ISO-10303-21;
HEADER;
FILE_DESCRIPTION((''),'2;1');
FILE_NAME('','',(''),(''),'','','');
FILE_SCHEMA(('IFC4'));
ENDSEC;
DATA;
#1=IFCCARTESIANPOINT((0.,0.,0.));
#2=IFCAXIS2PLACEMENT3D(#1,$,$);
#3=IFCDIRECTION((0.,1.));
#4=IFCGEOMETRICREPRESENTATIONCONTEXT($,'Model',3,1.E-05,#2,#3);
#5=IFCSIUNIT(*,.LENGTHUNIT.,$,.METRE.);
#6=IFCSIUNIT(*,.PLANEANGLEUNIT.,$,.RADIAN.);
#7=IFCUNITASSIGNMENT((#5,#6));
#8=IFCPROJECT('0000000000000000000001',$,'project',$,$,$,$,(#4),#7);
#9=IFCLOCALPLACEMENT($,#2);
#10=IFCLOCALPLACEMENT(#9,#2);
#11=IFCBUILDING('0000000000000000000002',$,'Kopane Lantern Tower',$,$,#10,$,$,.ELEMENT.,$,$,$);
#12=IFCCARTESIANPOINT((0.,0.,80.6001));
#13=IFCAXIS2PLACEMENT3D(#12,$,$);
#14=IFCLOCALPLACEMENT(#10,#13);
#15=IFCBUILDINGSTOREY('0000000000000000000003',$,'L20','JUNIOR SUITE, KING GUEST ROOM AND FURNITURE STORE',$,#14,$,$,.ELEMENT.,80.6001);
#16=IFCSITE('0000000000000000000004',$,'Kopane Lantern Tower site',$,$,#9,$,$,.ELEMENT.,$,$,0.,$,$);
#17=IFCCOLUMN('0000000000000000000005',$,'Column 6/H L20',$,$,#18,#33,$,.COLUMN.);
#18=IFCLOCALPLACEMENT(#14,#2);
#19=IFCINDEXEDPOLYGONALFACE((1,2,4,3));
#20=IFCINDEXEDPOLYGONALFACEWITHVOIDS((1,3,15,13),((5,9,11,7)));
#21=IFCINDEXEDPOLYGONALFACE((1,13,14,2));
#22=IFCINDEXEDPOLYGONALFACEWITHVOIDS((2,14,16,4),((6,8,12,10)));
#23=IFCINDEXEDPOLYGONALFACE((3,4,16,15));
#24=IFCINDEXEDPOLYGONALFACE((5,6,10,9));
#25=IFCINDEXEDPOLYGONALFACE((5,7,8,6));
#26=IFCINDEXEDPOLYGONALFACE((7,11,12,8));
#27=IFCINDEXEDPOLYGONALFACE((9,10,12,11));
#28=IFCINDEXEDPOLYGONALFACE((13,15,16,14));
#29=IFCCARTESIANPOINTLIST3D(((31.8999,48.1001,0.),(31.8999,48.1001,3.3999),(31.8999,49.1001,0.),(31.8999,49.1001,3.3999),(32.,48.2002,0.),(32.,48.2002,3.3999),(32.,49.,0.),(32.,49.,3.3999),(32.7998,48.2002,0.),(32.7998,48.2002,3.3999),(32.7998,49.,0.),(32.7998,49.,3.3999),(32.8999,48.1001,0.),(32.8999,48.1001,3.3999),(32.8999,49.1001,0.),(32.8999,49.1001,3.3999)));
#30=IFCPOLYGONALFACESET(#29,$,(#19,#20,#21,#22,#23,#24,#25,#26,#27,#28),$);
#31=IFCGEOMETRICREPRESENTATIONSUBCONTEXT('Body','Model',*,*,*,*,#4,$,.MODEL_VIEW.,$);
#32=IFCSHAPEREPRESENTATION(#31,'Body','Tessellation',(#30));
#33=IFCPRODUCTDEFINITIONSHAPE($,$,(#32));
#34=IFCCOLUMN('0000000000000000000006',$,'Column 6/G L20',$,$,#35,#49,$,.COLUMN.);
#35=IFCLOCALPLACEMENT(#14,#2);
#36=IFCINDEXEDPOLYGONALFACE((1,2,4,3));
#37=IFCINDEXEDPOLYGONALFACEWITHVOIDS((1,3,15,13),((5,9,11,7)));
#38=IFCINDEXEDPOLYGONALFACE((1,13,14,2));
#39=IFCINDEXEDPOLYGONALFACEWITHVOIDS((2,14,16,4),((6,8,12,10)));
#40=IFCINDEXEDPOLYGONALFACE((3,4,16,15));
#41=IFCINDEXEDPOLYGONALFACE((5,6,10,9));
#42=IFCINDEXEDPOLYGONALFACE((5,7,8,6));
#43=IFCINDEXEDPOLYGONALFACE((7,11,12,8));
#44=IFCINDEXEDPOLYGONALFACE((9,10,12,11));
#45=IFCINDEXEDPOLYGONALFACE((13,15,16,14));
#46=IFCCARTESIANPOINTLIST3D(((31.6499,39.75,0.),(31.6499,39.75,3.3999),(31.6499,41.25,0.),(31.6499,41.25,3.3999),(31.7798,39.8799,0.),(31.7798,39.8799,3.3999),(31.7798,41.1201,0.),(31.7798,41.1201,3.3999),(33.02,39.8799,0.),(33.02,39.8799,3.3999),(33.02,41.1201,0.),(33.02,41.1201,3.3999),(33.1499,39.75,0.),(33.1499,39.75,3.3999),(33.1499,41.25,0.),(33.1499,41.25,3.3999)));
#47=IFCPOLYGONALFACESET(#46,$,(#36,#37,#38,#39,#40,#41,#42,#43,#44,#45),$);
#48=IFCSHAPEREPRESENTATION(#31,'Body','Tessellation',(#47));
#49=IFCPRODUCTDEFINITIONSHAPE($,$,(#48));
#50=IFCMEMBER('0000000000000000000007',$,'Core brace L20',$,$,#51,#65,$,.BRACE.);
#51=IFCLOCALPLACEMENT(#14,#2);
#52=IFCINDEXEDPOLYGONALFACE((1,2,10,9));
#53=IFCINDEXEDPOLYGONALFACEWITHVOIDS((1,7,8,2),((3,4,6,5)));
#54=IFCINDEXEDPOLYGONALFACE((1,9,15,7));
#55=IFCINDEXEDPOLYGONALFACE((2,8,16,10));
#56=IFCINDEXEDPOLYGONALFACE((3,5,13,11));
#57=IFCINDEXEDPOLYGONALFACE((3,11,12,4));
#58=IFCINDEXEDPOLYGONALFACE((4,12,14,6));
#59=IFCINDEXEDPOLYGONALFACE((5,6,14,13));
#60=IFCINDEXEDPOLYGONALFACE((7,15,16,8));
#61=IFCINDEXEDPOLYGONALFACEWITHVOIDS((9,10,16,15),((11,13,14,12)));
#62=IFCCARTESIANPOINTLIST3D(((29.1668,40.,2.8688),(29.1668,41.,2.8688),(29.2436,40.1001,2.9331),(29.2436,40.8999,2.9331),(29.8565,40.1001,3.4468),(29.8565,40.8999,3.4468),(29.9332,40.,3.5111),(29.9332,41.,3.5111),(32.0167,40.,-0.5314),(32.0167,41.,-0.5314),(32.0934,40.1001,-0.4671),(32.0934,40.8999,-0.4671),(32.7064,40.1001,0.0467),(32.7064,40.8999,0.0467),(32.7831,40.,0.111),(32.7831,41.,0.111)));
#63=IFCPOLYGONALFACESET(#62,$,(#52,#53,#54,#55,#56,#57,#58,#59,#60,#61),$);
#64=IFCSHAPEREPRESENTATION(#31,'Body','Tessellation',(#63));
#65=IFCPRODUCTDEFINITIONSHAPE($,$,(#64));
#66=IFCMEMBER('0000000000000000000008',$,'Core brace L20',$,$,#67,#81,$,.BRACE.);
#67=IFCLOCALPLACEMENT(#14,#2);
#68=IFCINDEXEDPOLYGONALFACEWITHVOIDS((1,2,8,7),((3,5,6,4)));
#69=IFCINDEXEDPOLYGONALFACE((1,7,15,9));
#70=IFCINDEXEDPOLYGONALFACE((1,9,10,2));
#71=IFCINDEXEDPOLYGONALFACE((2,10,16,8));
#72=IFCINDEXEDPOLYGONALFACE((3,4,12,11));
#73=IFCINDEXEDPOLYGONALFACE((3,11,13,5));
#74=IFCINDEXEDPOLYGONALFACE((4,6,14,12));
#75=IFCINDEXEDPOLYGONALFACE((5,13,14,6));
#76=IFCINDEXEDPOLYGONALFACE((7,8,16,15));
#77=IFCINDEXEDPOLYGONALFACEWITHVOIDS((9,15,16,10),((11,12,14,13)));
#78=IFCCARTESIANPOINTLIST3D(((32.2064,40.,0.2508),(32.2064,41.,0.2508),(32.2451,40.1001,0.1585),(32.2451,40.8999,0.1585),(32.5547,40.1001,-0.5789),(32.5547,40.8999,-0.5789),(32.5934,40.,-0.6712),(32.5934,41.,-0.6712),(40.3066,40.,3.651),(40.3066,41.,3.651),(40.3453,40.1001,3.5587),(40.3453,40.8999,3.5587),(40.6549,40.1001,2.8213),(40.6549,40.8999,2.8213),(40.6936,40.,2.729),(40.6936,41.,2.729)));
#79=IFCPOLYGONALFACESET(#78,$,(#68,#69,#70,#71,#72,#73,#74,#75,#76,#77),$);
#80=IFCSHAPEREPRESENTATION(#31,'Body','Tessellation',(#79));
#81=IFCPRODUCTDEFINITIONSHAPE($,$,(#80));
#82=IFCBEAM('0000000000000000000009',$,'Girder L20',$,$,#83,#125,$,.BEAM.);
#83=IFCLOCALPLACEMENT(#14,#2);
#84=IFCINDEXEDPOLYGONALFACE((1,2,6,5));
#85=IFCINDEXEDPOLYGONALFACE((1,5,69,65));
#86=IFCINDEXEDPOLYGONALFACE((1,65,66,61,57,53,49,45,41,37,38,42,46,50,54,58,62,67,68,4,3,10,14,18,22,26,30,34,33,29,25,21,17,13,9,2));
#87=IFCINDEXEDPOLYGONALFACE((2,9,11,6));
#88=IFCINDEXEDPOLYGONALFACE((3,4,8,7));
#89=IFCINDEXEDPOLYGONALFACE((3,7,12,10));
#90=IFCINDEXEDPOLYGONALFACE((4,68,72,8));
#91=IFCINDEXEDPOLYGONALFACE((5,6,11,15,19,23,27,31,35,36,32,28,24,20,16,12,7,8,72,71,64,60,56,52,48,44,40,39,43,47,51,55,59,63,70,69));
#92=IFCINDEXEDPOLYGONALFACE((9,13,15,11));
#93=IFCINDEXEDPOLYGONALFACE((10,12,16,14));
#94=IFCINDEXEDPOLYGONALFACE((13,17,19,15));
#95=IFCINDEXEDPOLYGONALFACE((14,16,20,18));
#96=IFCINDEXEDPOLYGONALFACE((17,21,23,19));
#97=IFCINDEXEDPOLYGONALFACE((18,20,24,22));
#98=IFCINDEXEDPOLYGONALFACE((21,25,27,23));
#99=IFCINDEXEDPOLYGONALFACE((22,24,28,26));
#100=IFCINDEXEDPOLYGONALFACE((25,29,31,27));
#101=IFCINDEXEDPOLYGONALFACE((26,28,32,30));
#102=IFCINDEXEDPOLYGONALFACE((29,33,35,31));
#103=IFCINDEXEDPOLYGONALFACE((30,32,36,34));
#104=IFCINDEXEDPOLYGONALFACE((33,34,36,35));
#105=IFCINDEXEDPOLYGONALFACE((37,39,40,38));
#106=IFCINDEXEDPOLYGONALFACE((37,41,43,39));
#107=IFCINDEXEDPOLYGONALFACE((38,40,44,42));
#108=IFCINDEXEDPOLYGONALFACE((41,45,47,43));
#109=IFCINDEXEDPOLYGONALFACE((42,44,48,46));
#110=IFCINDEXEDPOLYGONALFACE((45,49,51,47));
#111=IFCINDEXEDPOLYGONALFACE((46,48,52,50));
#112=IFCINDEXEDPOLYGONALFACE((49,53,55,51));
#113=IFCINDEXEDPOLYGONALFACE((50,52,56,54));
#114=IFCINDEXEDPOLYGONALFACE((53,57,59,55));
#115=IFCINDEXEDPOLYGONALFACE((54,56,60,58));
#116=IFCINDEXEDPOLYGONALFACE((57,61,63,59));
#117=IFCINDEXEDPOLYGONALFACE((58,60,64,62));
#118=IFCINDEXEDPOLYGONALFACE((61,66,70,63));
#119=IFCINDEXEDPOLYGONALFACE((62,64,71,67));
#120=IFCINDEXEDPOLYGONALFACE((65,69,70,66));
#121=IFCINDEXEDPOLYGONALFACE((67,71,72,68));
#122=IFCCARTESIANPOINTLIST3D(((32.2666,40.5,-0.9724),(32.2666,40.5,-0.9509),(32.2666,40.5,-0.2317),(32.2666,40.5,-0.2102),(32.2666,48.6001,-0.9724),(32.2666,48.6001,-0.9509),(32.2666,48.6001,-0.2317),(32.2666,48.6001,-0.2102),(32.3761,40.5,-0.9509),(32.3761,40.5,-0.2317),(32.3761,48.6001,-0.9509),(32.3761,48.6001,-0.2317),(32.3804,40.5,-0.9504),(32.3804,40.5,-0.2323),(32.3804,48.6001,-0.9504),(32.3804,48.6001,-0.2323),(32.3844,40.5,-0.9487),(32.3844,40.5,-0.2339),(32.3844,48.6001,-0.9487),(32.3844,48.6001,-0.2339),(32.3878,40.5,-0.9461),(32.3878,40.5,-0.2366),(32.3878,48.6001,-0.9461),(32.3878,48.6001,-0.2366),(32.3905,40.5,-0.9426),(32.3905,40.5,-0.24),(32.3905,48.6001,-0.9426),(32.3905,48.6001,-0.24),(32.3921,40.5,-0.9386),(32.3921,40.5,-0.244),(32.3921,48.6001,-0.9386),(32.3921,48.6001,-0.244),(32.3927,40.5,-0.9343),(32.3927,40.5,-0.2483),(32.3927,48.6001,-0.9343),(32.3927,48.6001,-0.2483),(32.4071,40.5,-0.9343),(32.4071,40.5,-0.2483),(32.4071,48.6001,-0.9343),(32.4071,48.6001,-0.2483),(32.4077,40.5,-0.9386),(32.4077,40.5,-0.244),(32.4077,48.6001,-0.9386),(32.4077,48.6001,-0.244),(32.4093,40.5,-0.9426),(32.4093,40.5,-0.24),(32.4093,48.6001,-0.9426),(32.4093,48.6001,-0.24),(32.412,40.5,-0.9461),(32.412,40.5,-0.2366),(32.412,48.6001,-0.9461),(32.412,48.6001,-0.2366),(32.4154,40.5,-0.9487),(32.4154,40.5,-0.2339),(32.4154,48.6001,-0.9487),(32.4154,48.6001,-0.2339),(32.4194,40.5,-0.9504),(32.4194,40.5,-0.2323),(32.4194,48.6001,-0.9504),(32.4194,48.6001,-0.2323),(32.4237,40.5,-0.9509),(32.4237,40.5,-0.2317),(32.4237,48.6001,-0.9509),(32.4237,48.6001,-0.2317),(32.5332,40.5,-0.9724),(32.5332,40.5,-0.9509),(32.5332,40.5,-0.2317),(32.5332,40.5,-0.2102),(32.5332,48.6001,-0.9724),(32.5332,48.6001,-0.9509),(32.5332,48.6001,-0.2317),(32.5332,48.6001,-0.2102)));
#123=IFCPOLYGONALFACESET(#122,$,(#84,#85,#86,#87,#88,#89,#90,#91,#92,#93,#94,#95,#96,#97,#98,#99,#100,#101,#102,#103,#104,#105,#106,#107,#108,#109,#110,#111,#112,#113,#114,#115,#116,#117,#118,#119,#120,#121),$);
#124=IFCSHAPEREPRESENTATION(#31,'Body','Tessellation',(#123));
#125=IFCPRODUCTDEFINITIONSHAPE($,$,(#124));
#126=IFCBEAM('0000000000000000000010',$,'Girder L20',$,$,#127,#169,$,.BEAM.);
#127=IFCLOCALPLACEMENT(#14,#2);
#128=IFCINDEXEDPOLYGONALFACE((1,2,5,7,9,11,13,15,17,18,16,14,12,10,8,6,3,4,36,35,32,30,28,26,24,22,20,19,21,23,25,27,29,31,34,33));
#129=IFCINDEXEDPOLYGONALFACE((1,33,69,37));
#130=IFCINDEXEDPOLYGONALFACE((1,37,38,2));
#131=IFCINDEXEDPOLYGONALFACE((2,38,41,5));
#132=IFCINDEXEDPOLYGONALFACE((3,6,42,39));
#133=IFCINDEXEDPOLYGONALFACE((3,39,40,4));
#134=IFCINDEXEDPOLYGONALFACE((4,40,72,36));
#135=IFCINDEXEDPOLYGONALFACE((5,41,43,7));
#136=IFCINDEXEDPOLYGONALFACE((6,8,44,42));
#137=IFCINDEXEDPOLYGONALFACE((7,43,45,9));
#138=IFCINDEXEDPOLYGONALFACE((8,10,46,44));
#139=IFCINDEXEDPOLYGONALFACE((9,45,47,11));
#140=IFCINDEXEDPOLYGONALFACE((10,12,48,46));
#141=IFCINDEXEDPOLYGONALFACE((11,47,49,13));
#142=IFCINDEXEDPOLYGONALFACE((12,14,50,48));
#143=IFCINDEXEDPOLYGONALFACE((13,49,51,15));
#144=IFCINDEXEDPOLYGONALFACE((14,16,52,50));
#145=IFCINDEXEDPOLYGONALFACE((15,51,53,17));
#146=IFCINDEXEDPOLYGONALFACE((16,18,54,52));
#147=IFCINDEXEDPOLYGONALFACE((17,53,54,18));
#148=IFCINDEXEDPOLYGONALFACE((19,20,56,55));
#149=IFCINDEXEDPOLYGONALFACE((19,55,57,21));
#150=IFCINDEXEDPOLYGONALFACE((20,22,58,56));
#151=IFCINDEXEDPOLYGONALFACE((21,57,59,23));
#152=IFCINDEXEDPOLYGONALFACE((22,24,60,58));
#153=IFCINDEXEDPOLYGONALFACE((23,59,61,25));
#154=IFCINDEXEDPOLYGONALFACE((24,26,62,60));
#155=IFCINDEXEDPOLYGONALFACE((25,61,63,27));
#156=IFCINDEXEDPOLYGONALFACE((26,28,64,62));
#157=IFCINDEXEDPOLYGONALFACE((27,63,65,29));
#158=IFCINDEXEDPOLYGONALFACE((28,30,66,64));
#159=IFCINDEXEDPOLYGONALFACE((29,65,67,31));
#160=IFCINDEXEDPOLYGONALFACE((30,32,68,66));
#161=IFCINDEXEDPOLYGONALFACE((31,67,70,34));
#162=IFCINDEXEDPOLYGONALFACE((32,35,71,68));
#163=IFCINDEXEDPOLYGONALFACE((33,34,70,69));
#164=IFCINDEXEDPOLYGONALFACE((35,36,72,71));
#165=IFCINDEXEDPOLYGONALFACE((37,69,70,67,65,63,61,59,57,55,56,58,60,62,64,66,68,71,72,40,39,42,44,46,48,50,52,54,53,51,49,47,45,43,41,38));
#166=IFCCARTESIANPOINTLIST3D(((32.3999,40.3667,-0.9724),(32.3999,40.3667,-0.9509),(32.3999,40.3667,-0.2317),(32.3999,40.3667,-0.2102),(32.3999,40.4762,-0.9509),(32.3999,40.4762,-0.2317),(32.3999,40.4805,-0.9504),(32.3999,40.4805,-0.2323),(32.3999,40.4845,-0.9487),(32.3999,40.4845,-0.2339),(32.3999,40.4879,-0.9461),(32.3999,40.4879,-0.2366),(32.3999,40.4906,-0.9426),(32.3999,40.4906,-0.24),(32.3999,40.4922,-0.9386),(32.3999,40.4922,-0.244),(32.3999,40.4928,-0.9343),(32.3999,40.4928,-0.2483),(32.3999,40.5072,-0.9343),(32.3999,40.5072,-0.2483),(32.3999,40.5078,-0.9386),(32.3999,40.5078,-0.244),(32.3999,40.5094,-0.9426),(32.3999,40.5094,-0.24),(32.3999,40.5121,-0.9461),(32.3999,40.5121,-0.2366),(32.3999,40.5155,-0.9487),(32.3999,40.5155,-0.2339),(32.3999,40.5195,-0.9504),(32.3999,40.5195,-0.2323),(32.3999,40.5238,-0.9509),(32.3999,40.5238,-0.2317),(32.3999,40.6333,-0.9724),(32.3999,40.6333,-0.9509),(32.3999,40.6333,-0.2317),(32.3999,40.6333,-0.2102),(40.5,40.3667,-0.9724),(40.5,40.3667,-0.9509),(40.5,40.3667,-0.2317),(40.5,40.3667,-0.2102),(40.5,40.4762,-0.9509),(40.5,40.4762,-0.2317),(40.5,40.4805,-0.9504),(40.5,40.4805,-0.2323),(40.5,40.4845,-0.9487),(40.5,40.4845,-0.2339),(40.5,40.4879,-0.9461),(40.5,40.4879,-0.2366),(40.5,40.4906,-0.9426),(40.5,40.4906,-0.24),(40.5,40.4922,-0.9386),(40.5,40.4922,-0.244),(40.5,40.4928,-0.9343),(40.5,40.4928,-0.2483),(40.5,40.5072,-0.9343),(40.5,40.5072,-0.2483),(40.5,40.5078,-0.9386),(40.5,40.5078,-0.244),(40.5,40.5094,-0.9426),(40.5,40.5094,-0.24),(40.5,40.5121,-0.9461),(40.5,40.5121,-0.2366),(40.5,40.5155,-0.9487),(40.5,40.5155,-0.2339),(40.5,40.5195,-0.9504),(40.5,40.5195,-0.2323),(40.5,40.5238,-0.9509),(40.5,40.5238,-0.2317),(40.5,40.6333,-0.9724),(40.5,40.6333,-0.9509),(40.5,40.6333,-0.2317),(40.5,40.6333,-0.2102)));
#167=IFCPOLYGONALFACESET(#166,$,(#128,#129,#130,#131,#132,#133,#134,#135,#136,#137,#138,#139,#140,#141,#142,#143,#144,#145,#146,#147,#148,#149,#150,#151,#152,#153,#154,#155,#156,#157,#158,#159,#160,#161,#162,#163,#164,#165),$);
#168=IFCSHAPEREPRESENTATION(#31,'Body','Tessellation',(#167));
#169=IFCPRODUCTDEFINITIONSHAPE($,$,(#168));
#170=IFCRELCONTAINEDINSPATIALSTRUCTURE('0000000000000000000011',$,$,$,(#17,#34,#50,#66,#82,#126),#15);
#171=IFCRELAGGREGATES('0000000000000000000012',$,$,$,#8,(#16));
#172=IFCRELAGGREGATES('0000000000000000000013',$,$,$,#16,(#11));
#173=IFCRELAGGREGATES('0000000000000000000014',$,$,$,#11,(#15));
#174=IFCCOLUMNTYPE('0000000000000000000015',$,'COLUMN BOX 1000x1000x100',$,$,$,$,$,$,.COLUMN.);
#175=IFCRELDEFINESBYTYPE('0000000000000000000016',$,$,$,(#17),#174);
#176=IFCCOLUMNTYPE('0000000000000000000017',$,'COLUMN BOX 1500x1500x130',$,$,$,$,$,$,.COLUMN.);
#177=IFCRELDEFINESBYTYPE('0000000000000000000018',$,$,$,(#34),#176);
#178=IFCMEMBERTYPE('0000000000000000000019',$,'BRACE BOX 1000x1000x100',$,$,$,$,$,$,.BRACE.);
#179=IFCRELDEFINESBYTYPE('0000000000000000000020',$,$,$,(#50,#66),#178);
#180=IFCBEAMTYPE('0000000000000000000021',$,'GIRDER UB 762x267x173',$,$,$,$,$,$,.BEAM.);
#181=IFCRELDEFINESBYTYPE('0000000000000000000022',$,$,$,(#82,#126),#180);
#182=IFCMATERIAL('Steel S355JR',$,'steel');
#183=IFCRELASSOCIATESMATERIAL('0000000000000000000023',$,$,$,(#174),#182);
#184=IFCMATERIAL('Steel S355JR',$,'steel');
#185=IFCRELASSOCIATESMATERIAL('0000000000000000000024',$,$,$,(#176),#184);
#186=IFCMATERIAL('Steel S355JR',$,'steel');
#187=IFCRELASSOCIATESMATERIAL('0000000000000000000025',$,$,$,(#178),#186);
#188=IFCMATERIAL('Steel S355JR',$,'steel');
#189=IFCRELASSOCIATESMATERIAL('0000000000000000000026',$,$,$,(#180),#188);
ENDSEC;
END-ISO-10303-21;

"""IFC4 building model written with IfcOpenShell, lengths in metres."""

from ifc_helpers import new_model, si_unit, direction, frame, origin, origin_2d, place, context, subcontext, project, spatial, hollow_rectangle, i_section, extrude, material, material_profile, profile_set, type_object, element, save


model = new_model("IFC4")

# Units and contexts
model_context = context("Model", 3, precision=1e-05, world=origin(), true_north=direction((0.0, 1.0)))
body_context = subcontext(model_context, "Body", "Model", "MODEL_VIEW")
ifc_project = project(units=[si_unit("LENGTHUNIT", "METRE"), si_unit("PLANEANGLEUNIT", "RADIAN")], contexts=[model_context])

# Site, building, storey
site_placement = place(None, origin())
site = spatial("IfcSite", under=ifc_project, at=site_placement, Name="Kopane Lantern Tower site", CompositionType="ELEMENT", RefElevation=0.0)
building_placement = place(site_placement, origin())
building = spatial("IfcBuilding", under=site, at=building_placement, Name="Kopane Lantern Tower", CompositionType="ELEMENT")
storey_placement = place(building_placement, frame((0.0, 0.0, 80.6001)))
storey = spatial("IfcBuildingStorey", under=building, at=storey_placement, Name="L20", Description="JUNIOR SUITE, KING GUEST ROOM AND FURNITURE STORE", CompositionType="ELEMENT", Elevation=80.6001)

# Columns
ifc_material_1 = material(Name="Steel S355JR", Category="steel")
ifc_material_profile_1 = material_profile(ifc_material_1, hollow_rectangle(XDim=1.0, YDim=1.0, WallThickness=0.1001, at=origin_2d()), Name="BOX 1000x1000x100")
ifc_profile_set_1 = profile_set([ifc_material_profile_1], Name="Steel S355JR")
column_type_1 = type_object("IfcColumnType", Name="COLUMN BOX 1000x1000x100", PredefinedType="COLUMN", material=ifc_profile_set_1)
column_1_placement = place(storey_placement, frame((32.3999, 48.6001, 0.0), z_axis=(0.0, 0.0, 1.0), x_axis=(1.0, 0.0, 0.0)))
element("IfcColumn", 1, at=column_1_placement, inside=storey, type_object=column_type_1, Name="Column 6/H L20", PredefinedType="COLUMN", context=body_context, shape_type="SweptSolid", body=[
    extrude(hollow_rectangle(XDim=1.0, YDim=1.0, WallThickness=0.1001, at=origin_2d()), origin(), (0.0, 0.0, 1.0), 3.3999),
])
ifc_material_2 = material(Name="Steel S355JR", Category="steel")
ifc_material_profile_2 = material_profile(ifc_material_2, hollow_rectangle(XDim=1.5, YDim=1.5, WallThickness=0.1299, at=origin_2d()), Name="BOX 1500x1500x130")
ifc_profile_set_2 = profile_set([ifc_material_profile_2], Name="Steel S355JR")
column_type_2 = type_object("IfcColumnType", Name="COLUMN BOX 1500x1500x130", PredefinedType="COLUMN", material=ifc_profile_set_2)
column_2_placement = place(storey_placement, frame((32.3999, 40.5, 0.0), z_axis=(0.0, 0.0, 1.0), x_axis=(1.0, 0.0, 0.0)))
element("IfcColumn", 2, at=column_2_placement, inside=storey, type_object=column_type_2, Name="Column 6/G L20", PredefinedType="COLUMN", context=body_context, shape_type="SweptSolid", body=[
    extrude(hollow_rectangle(XDim=1.5, YDim=1.5, WallThickness=0.1299, at=origin_2d()), origin(), (0.0, 0.0, 1.0), 3.3999),
])

# Members
ifc_material_3 = material(Name="Steel S355JR", Category="steel")
ifc_material_profile_3 = material_profile(ifc_material_3, hollow_rectangle(XDim=1.0, YDim=1.0, WallThickness=0.1001, at=origin_2d()), Name="BOX 1000x1000x100")
ifc_profile_set_3 = profile_set([ifc_material_profile_3], Name="Steel S355JR")
member_type = type_object("IfcMemberType", Name="BRACE BOX 1000x1000x100", PredefinedType="BRACE", material=ifc_profile_set_3)
member_1_placement = place(storey_placement, frame((32.3999, 40.5, -0.2102), z_axis=(-0.642363, 0.0, 0.7664), x_axis=(0.0, -1.0, 0.0)))
element("IfcMember", 3, at=member_1_placement, inside=storey, type_object=member_type, Name="Core brace L20", PredefinedType="BRACE", context=body_context, shape_type="SweptSolid", body=[
    extrude(hollow_rectangle(XDim=1.0, YDim=1.0, WallThickness=0.1001, at=origin_2d()), origin(), (0.0, 0.0, 1.0), 4.4365),
])
member_2_placement = place(storey_placement, frame((32.3999, 40.5, -0.2102), z_axis=(0.922059, 0.0, 0.387049), x_axis=(0.0, 1.0, 0.0)))
element("IfcMember", 4, at=member_2_placement, inside=storey, type_object=member_type, Name="Core brace L20", PredefinedType="BRACE", context=body_context, shape_type="SweptSolid", body=[
    extrude(hollow_rectangle(XDim=1.0, YDim=1.0, WallThickness=0.1001, at=origin_2d()), origin(), (0.0, 0.0, 1.0), 8.7849),
])

# Beams
ifc_material_4 = material(Name="Steel S355JR", Category="steel")
ifc_material_profile_4 = material_profile(ifc_material_4, i_section(OverallWidth=0.2666, OverallDepth=0.7622, WebThickness=0.0144, FlangeThickness=0.0215, FilletRadius=0.0166, at=origin_2d()), Name="UB 762x267x173")
ifc_profile_set_4 = profile_set([ifc_material_profile_4], Name="Steel S355JR")
beam_type = type_object("IfcBeamType", Name="GIRDER UB 762x267x173", PredefinedType="BEAM", material=ifc_profile_set_4)
for number, where, z_axis, x_axis, name in (
    (5, (32.3999, 40.5, -0.5913), (0.0, 1.0, 0.0), (-1.0, 0.0, 0.0), "Girder L20"),
    (6, (32.3999, 40.5, -0.5913), (1.0, 0.0, 0.0), (0.0, 1.0, 0.0), "Girder L20"),
):
    element("IfcBeam", number, at=place(storey_placement, frame(where, z_axis=z_axis, x_axis=x_axis)), inside=storey, type_object=beam_type, Name=name, PredefinedType="BEAM", context=body_context, shape_type="SweptSolid", body=[
        extrude(i_section(OverallWidth=0.2666, OverallDepth=0.7622, WebThickness=0.0144, FlangeThickness=0.0215, FilletRadius=0.0166, at=origin_2d()), origin(), (0.0, 0.0, 1.0), 8.1001),
    ])

save(model, "model.ifc")
